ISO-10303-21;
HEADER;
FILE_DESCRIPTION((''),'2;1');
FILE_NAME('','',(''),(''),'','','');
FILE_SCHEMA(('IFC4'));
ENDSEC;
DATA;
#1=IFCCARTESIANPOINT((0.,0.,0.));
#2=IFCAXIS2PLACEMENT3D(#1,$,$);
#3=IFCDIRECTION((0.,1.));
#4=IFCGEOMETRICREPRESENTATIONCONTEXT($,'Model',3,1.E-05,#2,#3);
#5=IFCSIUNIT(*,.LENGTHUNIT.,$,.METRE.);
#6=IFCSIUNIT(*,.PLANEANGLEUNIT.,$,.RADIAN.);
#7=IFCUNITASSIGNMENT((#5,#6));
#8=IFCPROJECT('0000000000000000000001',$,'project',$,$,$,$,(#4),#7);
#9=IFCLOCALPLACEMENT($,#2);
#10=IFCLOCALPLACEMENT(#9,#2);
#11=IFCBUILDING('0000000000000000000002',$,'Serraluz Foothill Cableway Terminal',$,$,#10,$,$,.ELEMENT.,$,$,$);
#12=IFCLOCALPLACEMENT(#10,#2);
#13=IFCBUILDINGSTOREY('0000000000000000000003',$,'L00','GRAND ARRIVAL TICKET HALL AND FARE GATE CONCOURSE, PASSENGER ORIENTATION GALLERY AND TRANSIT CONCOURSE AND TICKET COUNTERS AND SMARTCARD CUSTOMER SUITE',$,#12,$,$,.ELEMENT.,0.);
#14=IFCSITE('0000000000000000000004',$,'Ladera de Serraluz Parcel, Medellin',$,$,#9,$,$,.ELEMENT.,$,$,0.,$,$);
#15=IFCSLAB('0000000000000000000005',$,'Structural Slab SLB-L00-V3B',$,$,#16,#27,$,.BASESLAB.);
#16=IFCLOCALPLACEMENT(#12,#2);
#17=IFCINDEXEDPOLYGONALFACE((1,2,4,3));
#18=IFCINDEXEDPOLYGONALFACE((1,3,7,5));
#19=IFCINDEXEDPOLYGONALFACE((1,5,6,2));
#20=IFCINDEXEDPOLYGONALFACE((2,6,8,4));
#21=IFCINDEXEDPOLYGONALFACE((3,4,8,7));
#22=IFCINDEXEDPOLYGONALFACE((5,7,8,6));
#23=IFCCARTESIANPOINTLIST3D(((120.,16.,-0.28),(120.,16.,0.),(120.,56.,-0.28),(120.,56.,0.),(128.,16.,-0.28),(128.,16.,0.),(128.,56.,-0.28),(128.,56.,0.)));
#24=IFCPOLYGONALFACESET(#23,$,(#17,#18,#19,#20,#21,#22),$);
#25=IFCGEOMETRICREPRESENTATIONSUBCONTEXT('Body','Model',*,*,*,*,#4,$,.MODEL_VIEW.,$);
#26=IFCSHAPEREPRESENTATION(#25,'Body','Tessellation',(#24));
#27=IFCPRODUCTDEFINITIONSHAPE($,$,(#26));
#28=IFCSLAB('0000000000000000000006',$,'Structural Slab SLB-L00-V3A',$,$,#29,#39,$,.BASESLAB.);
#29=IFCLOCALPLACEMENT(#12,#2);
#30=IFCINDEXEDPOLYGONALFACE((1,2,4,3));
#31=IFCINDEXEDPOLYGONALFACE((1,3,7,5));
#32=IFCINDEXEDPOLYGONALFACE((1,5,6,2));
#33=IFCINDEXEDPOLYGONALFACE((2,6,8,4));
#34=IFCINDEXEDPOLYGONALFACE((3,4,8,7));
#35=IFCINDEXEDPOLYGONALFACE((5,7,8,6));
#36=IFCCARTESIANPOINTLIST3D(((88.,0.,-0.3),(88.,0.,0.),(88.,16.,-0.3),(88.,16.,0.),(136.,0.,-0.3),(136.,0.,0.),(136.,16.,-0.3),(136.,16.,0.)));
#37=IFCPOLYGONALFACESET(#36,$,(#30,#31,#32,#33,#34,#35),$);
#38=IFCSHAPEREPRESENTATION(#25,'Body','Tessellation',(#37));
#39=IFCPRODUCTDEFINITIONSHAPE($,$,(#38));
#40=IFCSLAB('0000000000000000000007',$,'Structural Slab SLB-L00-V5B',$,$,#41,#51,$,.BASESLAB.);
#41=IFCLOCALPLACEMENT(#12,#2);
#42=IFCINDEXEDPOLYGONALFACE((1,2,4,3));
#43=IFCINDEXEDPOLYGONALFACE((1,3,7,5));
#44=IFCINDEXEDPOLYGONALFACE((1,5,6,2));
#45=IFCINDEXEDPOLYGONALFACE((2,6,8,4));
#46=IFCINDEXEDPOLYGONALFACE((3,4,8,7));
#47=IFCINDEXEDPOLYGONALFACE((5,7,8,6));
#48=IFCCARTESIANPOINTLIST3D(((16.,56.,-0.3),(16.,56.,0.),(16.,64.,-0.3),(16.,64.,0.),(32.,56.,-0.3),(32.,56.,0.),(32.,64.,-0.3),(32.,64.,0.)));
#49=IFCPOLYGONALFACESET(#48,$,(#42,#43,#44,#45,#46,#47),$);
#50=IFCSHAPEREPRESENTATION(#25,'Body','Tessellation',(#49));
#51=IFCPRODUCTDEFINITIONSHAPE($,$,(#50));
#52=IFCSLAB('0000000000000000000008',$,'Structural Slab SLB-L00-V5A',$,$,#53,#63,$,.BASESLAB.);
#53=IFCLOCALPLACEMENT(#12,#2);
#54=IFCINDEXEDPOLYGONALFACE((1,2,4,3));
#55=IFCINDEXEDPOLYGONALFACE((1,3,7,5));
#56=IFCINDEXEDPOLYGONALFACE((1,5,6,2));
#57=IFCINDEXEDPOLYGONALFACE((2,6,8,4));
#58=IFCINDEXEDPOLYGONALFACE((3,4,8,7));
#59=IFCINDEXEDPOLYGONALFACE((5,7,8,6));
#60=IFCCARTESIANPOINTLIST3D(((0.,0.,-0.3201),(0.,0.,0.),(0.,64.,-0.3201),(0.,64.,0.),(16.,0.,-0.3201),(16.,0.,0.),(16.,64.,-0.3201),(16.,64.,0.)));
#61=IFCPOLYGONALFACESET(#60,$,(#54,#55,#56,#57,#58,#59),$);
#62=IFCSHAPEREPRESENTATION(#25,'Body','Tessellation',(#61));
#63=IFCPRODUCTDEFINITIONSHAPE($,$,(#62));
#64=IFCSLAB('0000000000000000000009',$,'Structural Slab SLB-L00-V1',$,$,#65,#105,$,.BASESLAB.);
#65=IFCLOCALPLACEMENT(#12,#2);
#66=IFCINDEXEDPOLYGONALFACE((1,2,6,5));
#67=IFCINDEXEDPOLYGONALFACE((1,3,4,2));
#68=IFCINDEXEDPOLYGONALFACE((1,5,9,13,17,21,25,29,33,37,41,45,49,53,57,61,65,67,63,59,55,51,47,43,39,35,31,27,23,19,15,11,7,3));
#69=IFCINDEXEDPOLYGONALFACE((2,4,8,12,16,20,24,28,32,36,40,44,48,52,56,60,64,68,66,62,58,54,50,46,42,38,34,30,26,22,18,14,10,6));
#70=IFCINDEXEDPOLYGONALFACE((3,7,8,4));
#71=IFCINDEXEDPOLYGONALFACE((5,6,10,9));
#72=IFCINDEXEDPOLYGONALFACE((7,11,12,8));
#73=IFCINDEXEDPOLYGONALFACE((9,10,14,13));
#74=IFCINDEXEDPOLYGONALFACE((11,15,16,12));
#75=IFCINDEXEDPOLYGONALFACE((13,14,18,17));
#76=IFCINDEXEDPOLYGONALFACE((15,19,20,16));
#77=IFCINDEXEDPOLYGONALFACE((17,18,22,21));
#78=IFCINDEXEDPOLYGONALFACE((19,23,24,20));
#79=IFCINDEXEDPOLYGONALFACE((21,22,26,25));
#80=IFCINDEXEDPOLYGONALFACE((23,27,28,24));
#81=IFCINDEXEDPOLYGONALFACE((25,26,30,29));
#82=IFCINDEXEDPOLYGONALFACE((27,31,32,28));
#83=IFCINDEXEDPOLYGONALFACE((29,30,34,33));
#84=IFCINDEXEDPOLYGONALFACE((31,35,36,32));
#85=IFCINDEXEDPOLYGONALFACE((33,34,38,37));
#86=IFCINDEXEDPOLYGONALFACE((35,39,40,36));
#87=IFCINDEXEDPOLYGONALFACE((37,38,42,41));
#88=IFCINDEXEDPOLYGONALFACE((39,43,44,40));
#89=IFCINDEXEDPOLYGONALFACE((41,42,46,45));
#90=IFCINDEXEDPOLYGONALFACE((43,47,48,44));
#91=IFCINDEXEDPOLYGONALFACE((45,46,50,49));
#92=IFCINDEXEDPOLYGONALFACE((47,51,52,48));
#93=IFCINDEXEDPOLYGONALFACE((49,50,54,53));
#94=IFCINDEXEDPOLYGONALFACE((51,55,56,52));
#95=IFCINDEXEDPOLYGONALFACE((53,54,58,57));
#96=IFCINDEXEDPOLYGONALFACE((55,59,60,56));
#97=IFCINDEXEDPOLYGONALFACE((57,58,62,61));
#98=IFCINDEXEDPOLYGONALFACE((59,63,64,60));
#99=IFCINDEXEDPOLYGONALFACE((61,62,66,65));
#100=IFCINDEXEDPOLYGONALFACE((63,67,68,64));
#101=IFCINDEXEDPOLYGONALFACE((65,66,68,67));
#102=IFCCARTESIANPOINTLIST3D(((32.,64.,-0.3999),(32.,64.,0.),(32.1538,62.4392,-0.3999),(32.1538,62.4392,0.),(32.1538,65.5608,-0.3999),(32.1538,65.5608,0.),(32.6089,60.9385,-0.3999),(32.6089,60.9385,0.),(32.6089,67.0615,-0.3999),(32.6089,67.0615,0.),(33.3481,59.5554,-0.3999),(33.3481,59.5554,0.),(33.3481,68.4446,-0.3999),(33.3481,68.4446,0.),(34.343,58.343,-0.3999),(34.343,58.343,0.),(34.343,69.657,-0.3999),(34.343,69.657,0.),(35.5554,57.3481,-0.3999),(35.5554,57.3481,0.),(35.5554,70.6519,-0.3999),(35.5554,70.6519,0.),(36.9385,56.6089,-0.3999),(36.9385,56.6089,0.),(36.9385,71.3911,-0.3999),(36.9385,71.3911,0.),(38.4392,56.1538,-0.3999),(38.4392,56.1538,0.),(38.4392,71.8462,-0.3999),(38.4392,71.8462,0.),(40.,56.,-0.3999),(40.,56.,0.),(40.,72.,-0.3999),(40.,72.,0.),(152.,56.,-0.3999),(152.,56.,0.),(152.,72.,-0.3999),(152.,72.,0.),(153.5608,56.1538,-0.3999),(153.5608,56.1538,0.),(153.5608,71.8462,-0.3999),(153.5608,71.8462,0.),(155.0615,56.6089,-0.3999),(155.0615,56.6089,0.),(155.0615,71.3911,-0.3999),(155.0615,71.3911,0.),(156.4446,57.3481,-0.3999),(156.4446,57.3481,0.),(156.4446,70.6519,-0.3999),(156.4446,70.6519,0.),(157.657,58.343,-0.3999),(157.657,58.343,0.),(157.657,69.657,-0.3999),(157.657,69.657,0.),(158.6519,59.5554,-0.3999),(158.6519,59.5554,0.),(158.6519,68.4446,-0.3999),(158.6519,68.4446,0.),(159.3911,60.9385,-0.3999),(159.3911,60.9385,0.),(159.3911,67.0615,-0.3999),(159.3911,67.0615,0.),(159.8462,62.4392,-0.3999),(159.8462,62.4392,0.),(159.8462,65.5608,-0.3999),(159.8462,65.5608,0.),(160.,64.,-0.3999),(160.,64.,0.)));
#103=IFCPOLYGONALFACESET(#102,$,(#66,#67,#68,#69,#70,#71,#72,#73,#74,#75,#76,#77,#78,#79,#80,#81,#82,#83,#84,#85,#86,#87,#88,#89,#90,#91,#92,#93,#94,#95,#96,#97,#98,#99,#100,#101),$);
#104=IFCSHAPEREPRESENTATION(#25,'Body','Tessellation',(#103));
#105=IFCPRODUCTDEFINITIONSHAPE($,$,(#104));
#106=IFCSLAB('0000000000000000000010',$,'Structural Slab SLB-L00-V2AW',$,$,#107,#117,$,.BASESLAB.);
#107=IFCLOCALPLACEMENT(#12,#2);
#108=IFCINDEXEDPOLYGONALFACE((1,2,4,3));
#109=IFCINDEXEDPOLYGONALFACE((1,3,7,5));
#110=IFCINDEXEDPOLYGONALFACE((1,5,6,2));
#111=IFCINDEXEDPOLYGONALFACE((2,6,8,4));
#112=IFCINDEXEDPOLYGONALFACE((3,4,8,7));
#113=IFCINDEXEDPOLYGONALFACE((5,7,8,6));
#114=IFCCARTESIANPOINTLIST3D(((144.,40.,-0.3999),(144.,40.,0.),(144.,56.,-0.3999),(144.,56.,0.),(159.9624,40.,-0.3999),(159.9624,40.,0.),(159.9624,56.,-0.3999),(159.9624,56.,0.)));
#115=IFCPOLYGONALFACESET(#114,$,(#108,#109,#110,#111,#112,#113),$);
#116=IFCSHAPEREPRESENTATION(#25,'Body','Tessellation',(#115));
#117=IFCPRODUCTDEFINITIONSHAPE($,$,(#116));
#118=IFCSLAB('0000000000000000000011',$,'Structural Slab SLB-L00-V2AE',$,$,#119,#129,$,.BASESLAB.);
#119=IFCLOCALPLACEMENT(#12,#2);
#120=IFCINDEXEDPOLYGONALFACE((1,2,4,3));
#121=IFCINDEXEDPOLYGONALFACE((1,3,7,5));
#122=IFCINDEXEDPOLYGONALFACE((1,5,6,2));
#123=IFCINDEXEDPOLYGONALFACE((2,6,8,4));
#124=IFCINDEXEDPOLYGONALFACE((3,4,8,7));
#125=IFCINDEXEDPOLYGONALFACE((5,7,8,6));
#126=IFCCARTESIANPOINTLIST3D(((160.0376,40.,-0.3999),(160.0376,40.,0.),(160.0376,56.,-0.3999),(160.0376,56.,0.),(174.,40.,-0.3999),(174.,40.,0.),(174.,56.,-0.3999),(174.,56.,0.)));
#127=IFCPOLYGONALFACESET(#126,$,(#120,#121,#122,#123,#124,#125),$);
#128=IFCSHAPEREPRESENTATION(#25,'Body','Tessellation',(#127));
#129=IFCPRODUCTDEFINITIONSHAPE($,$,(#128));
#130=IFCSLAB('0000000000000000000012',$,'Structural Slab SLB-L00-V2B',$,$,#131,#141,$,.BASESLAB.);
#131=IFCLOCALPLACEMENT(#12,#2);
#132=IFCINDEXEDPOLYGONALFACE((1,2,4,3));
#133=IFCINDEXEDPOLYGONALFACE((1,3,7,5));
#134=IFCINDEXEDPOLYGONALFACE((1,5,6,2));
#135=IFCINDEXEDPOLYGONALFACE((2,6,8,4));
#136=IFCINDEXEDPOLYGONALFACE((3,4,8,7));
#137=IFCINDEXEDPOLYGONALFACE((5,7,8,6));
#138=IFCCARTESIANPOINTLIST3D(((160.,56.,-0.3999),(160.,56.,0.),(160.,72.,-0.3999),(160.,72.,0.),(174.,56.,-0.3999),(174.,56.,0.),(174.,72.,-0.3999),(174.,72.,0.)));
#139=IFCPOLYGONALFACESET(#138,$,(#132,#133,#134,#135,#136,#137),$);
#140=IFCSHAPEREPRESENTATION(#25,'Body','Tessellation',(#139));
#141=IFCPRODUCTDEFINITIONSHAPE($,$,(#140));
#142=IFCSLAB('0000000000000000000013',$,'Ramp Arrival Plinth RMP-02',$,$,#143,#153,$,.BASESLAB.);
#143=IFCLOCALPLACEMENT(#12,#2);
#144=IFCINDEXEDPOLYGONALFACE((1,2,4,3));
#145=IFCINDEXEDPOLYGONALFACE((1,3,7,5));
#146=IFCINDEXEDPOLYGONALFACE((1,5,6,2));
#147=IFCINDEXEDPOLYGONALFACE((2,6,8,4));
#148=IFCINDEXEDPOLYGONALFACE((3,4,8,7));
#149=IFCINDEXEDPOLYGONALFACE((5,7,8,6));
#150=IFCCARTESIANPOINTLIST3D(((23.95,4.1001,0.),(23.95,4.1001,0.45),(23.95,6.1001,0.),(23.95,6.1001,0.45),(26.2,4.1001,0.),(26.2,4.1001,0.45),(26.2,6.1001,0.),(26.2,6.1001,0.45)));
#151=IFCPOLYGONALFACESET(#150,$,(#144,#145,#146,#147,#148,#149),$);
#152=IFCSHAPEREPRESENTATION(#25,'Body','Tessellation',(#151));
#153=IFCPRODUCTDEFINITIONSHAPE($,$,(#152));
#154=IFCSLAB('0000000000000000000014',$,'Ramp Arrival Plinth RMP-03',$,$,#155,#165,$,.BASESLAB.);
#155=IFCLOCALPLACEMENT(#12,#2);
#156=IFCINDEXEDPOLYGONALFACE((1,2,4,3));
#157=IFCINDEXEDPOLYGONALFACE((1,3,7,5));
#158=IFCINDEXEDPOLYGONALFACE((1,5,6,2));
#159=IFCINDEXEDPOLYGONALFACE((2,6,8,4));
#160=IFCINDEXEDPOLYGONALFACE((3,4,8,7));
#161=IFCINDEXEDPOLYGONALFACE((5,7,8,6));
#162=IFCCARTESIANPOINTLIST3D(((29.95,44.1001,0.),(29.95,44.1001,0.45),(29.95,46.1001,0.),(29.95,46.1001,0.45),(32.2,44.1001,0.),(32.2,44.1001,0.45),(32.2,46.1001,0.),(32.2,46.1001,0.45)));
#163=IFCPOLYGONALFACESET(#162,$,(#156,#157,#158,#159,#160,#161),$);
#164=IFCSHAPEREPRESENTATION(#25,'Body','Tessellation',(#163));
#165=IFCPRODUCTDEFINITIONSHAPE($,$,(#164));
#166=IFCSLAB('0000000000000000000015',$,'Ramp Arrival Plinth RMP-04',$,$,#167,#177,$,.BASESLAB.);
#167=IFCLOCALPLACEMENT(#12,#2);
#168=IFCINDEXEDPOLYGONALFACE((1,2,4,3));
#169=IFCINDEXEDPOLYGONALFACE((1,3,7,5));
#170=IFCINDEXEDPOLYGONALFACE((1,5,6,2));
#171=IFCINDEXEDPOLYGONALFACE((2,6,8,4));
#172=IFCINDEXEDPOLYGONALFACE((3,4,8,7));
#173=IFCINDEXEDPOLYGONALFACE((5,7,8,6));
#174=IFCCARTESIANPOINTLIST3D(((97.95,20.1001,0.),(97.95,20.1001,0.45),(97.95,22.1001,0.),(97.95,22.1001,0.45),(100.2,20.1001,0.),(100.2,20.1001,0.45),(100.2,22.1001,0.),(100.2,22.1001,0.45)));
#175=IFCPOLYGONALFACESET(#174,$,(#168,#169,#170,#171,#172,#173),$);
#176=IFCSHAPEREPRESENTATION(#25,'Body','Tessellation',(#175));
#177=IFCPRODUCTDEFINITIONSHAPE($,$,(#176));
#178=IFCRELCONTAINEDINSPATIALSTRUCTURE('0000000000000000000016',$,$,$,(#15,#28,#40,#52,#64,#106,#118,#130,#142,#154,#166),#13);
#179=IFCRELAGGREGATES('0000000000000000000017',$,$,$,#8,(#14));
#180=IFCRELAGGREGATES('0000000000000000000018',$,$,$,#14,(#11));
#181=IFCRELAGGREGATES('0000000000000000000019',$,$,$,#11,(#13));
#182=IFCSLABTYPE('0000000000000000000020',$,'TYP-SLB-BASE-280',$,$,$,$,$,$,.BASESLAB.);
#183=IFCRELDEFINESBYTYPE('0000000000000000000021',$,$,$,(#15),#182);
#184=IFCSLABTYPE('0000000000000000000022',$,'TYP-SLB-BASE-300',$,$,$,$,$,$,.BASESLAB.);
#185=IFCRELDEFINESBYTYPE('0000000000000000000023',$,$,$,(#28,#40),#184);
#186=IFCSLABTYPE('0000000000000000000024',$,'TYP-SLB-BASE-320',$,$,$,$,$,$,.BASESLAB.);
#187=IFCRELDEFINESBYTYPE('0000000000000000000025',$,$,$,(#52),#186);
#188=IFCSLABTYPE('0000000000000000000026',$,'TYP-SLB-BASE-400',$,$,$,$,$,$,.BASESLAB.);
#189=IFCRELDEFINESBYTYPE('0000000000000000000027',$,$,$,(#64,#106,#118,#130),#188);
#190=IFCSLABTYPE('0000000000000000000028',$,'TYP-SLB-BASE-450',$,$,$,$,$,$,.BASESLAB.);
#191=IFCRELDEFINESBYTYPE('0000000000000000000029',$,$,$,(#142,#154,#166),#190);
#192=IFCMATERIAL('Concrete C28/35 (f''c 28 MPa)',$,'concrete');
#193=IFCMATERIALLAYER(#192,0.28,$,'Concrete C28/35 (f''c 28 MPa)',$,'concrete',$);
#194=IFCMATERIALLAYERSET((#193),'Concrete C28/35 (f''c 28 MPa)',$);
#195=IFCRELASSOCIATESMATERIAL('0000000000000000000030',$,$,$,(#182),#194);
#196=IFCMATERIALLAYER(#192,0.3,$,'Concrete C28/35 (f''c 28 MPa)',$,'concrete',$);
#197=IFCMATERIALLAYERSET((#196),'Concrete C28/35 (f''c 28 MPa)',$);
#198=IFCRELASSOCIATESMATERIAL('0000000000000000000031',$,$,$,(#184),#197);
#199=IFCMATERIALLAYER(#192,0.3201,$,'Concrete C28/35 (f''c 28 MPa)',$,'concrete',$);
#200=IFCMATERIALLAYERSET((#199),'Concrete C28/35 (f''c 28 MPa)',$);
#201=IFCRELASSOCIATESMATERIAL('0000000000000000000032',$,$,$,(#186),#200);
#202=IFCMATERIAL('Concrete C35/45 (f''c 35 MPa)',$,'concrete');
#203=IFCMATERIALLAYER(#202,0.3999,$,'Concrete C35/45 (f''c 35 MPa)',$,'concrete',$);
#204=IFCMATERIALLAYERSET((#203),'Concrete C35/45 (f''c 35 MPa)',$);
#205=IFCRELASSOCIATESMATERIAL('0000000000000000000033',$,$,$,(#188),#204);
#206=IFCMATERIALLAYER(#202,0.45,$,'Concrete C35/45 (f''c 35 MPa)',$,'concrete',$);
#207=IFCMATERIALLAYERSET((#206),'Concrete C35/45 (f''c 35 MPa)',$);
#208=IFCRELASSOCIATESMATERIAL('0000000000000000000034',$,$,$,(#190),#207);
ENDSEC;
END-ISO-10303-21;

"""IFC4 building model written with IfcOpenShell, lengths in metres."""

from ifc_helpers import new_model, si_unit, direction, frame, origin, place, context, subcontext, project, spatial, polyline, outline, extrude, material, layer, layer_set, type_object, element, save


model = new_model("IFC4")

# Units and contexts
model_context = context("Model", 3, precision=1e-05, world=origin(), true_north=direction((0.0, 1.0)))
body_context = subcontext(model_context, "Body", "Model", "MODEL_VIEW")
ifc_project = project(units=[si_unit("LENGTHUNIT", "METRE"), si_unit("PLANEANGLEUNIT", "RADIAN")], contexts=[model_context])

# Site, building, storey
site_placement = place(None, origin())
site = spatial("IfcSite", under=ifc_project, at=site_placement, Name="Ladera de Serraluz Parcel, Medellin", CompositionType="ELEMENT", RefElevation=0.0)
building_placement = place(site_placement, origin())
building = spatial("IfcBuilding", under=site, at=building_placement, Name="Serraluz Foothill Cableway Terminal", CompositionType="ELEMENT")
storey_placement = place(building_placement, origin())
storey = spatial("IfcBuildingStorey", under=building, at=storey_placement, Name="L00", Description="GRAND ARRIVAL TICKET HALL AND FARE GATE CONCOURSE, PASSENGER ORIENTATION GALLERY AND TRANSIT CONCOURSE AND TICKET COUNTERS AND SMARTCARD CUSTOMER SUITE", CompositionType="ELEMENT", Elevation=0.0)

# Slabs
ifc_material_1 = material(Name="Concrete C28/35 (f'c 28 MPa)", Category="concrete")
ifc_layer_1 = layer(ifc_material_1, 0.28, Name="Concrete C28/35 (f'c 28 MPa)", Category="concrete")
ifc_layer_set_1 = layer_set([ifc_layer_1], Name="Concrete C28/35 (f'c 28 MPa)")
slab_type_1 = type_object("IfcSlabType", Name="TYP-SLB-BASE-280", PredefinedType="BASESLAB", material=ifc_layer_set_1)
slab_1_placement = place(storey_placement, frame((0.0, 0.0, -0.28)))
element("IfcSlab", 1, at=slab_1_placement, inside=storey, type_object=slab_type_1, Name="Structural Slab SLB-L00-V3B", PredefinedType="BASESLAB", context=body_context, shape_type="SweptSolid", body=[
    extrude(outline(polyline([(120.0, 16.0), (128.0, 16.0), (128.0, 56.0), (120.0, 56.0), (120.0, 16.0)])), origin(), (0.0, 0.0, 1.0), 0.28),
])
ifc_layer_2 = layer(ifc_material_1, 0.3, Name="Concrete C28/35 (f'c 28 MPa)", Category="concrete")
ifc_layer_set_2 = layer_set([ifc_layer_2], Name="Concrete C28/35 (f'c 28 MPa)")
slab_type_2 = type_object("IfcSlabType", Name="TYP-SLB-BASE-300", PredefinedType="BASESLAB", material=ifc_layer_set_2)
slab_2_placement = place(storey_placement, frame((0.0, 0.0, -0.3)))
element("IfcSlab", 2, at=slab_2_placement, inside=storey, type_object=slab_type_2, Name="Structural Slab SLB-L00-V3A", PredefinedType="BASESLAB", context=body_context, shape_type="SweptSolid", body=[
    extrude(outline(polyline([(88.0, 0.0), (136.0, 0.0), (136.0, 16.0), (88.0, 16.0), (88.0, 0.0)])), origin(), (0.0, 0.0, 1.0), 0.3),
])
slab_3_placement = place(storey_placement, frame((0.0, 0.0, -0.3)))
element("IfcSlab", 3, at=slab_3_placement, inside=storey, type_object=slab_type_2, Name="Structural Slab SLB-L00-V5B", PredefinedType="BASESLAB", context=body_context, shape_type="SweptSolid", body=[
    extrude(outline(polyline([(16.0, 56.0), (32.0, 56.0), (32.0, 64.0), (16.0, 64.0), (16.0, 56.0)])), origin(), (0.0, 0.0, 1.0), 0.3),
])
ifc_layer_3 = layer(ifc_material_1, 0.3201, Name="Concrete C28/35 (f'c 28 MPa)", Category="concrete")
ifc_layer_set_3 = layer_set([ifc_layer_3], Name="Concrete C28/35 (f'c 28 MPa)")
slab_type_3 = type_object("IfcSlabType", Name="TYP-SLB-BASE-320", PredefinedType="BASESLAB", material=ifc_layer_set_3)
slab_4_placement = place(storey_placement, frame((0.0, 0.0, -0.3201)))
element("IfcSlab", 4, at=slab_4_placement, inside=storey, type_object=slab_type_3, Name="Structural Slab SLB-L00-V5A", PredefinedType="BASESLAB", context=body_context, shape_type="SweptSolid", body=[
    extrude(outline(polyline([(0.0, 0.0), (16.0, 0.0), (16.0, 64.0), (0.0, 64.0), (0.0, 0.0)])), origin(), (0.0, 0.0, 1.0), 0.3201),
])
ifc_material_2 = material(Name="Concrete C35/45 (f'c 35 MPa)", Category="concrete")
ifc_layer_4 = layer(ifc_material_2, 0.3999, Name="Concrete C35/45 (f'c 35 MPa)", Category="concrete")
ifc_layer_set_4 = layer_set([ifc_layer_4], Name="Concrete C35/45 (f'c 35 MPa)")
slab_type_4 = type_object("IfcSlabType", Name="TYP-SLB-BASE-400", PredefinedType="BASESLAB", material=ifc_layer_set_4)
slab_5_placement = place(storey_placement, frame((0.0, 0.0, -0.3999)))
element("IfcSlab", 5, at=slab_5_placement, inside=storey, type_object=slab_type_4, Name="Structural Slab SLB-L00-V1", PredefinedType="BASESLAB", context=body_context, shape_type="SweptSolid", body=[
    extrude(outline(polyline([(40.0, 56.0), (152.0, 56.0), (153.5608, 56.1538), (155.0615, 56.6089), (156.4446, 57.3481), (157.657, 58.343), (158.6519, 59.5554), (159.3911, 60.9385), (159.8462, 62.4392), (160.0, 64.0), (159.8462, 65.5608), (159.3911, 67.0615), (158.6519, 68.4446), (157.657, 69.657), (156.4446, 70.6519), (155.0615, 71.3911), (153.5608, 71.8462), (152.0, 72.0), (40.0, 72.0), (38.4392, 71.8462), (36.9385, 71.3911), (35.5554, 70.6519), (34.343, 69.657), (33.3481, 68.4446), (32.6089, 67.0615), (32.1538, 65.5608), (32.0, 64.0), (32.1538, 62.4392), (32.6089, 60.9385), (33.3481, 59.5554), (34.343, 58.343), (35.5554, 57.3481), (36.9385, 56.6089), (38.4392, 56.1538), (40.0, 56.0)])), origin(), (0.0, 0.0, 1.0), 0.3999),
])
slab_6_placement = place(storey_placement, frame((0.0, 0.0, -0.3999)))
element("IfcSlab", 6, at=slab_6_placement, inside=storey, type_object=slab_type_4, Name="Structural Slab SLB-L00-V2AW", PredefinedType="BASESLAB", context=body_context, shape_type="SweptSolid", body=[
    extrude(outline(polyline([(144.0, 40.0), (159.9624, 40.0), (159.9624, 56.0), (144.0, 56.0), (144.0, 40.0)])), origin(), (0.0, 0.0, 1.0), 0.3999),
])
slab_7_placement = place(storey_placement, frame((0.0, 0.0, -0.3999)))
element("IfcSlab", 7, at=slab_7_placement, inside=storey, type_object=slab_type_4, Name="Structural Slab SLB-L00-V2AE", PredefinedType="BASESLAB", context=body_context, shape_type="SweptSolid", body=[
    extrude(outline(polyline([(160.0376, 40.0), (174.0, 40.0), (174.0, 56.0), (160.0376, 56.0), (160.0376, 40.0)])), origin(), (0.0, 0.0, 1.0), 0.3999),
])
slab_8_placement = place(storey_placement, frame((0.0, 0.0, -0.3999)))
element("IfcSlab", 8, at=slab_8_placement, inside=storey, type_object=slab_type_4, Name="Structural Slab SLB-L00-V2B", PredefinedType="BASESLAB", context=body_context, shape_type="SweptSolid", body=[
    extrude(outline(polyline([(160.0, 56.0), (174.0, 56.0), (174.0, 72.0), (160.0, 72.0), (160.0, 56.0)])), origin(), (0.0, 0.0, 1.0), 0.3999),
])
ifc_layer_5 = layer(ifc_material_2, 0.45, Name="Concrete C35/45 (f'c 35 MPa)", Category="concrete")
ifc_layer_set_5 = layer_set([ifc_layer_5], Name="Concrete C35/45 (f'c 35 MPa)")
slab_type_5 = type_object("IfcSlabType", Name="TYP-SLB-BASE-450", PredefinedType="BASESLAB", material=ifc_layer_set_5)
slab_9_placement = place(storey_placement, origin())
element("IfcSlab", 9, at=slab_9_placement, inside=storey, type_object=slab_type_5, Name="Ramp Arrival Plinth RMP-02", PredefinedType="BASESLAB", context=body_context, shape_type="SweptSolid", body=[
    extrude(outline(polyline([(23.95, 4.1001), (26.2, 4.1001), (26.2, 6.1001), (23.95, 6.1001), (23.95, 4.1001)])), origin(), (0.0, 0.0, 1.0), 0.45),
])
slab_10_placement = place(storey_placement, origin())
element("IfcSlab", 10, at=slab_10_placement, inside=storey, type_object=slab_type_5, Name="Ramp Arrival Plinth RMP-03", PredefinedType="BASESLAB", context=body_context, shape_type="SweptSolid", body=[
    extrude(outline(polyline([(29.95, 44.1001), (32.2, 44.1001), (32.2, 46.1001), (29.95, 46.1001), (29.95, 44.1001)])), origin(), (0.0, 0.0, 1.0), 0.45),
])
slab_11_placement = place(storey_placement, origin())
element("IfcSlab", 11, at=slab_11_placement, inside=storey, type_object=slab_type_5, Name="Ramp Arrival Plinth RMP-04", PredefinedType="BASESLAB", context=body_context, shape_type="SweptSolid", body=[
    extrude(outline(polyline([(97.95, 20.1001), (100.2, 20.1001), (100.2, 22.1001), (97.95, 22.1001), (97.95, 20.1001)])), origin(), (0.0, 0.0, 1.0), 0.45),
])

save(model, "model.ifc")
